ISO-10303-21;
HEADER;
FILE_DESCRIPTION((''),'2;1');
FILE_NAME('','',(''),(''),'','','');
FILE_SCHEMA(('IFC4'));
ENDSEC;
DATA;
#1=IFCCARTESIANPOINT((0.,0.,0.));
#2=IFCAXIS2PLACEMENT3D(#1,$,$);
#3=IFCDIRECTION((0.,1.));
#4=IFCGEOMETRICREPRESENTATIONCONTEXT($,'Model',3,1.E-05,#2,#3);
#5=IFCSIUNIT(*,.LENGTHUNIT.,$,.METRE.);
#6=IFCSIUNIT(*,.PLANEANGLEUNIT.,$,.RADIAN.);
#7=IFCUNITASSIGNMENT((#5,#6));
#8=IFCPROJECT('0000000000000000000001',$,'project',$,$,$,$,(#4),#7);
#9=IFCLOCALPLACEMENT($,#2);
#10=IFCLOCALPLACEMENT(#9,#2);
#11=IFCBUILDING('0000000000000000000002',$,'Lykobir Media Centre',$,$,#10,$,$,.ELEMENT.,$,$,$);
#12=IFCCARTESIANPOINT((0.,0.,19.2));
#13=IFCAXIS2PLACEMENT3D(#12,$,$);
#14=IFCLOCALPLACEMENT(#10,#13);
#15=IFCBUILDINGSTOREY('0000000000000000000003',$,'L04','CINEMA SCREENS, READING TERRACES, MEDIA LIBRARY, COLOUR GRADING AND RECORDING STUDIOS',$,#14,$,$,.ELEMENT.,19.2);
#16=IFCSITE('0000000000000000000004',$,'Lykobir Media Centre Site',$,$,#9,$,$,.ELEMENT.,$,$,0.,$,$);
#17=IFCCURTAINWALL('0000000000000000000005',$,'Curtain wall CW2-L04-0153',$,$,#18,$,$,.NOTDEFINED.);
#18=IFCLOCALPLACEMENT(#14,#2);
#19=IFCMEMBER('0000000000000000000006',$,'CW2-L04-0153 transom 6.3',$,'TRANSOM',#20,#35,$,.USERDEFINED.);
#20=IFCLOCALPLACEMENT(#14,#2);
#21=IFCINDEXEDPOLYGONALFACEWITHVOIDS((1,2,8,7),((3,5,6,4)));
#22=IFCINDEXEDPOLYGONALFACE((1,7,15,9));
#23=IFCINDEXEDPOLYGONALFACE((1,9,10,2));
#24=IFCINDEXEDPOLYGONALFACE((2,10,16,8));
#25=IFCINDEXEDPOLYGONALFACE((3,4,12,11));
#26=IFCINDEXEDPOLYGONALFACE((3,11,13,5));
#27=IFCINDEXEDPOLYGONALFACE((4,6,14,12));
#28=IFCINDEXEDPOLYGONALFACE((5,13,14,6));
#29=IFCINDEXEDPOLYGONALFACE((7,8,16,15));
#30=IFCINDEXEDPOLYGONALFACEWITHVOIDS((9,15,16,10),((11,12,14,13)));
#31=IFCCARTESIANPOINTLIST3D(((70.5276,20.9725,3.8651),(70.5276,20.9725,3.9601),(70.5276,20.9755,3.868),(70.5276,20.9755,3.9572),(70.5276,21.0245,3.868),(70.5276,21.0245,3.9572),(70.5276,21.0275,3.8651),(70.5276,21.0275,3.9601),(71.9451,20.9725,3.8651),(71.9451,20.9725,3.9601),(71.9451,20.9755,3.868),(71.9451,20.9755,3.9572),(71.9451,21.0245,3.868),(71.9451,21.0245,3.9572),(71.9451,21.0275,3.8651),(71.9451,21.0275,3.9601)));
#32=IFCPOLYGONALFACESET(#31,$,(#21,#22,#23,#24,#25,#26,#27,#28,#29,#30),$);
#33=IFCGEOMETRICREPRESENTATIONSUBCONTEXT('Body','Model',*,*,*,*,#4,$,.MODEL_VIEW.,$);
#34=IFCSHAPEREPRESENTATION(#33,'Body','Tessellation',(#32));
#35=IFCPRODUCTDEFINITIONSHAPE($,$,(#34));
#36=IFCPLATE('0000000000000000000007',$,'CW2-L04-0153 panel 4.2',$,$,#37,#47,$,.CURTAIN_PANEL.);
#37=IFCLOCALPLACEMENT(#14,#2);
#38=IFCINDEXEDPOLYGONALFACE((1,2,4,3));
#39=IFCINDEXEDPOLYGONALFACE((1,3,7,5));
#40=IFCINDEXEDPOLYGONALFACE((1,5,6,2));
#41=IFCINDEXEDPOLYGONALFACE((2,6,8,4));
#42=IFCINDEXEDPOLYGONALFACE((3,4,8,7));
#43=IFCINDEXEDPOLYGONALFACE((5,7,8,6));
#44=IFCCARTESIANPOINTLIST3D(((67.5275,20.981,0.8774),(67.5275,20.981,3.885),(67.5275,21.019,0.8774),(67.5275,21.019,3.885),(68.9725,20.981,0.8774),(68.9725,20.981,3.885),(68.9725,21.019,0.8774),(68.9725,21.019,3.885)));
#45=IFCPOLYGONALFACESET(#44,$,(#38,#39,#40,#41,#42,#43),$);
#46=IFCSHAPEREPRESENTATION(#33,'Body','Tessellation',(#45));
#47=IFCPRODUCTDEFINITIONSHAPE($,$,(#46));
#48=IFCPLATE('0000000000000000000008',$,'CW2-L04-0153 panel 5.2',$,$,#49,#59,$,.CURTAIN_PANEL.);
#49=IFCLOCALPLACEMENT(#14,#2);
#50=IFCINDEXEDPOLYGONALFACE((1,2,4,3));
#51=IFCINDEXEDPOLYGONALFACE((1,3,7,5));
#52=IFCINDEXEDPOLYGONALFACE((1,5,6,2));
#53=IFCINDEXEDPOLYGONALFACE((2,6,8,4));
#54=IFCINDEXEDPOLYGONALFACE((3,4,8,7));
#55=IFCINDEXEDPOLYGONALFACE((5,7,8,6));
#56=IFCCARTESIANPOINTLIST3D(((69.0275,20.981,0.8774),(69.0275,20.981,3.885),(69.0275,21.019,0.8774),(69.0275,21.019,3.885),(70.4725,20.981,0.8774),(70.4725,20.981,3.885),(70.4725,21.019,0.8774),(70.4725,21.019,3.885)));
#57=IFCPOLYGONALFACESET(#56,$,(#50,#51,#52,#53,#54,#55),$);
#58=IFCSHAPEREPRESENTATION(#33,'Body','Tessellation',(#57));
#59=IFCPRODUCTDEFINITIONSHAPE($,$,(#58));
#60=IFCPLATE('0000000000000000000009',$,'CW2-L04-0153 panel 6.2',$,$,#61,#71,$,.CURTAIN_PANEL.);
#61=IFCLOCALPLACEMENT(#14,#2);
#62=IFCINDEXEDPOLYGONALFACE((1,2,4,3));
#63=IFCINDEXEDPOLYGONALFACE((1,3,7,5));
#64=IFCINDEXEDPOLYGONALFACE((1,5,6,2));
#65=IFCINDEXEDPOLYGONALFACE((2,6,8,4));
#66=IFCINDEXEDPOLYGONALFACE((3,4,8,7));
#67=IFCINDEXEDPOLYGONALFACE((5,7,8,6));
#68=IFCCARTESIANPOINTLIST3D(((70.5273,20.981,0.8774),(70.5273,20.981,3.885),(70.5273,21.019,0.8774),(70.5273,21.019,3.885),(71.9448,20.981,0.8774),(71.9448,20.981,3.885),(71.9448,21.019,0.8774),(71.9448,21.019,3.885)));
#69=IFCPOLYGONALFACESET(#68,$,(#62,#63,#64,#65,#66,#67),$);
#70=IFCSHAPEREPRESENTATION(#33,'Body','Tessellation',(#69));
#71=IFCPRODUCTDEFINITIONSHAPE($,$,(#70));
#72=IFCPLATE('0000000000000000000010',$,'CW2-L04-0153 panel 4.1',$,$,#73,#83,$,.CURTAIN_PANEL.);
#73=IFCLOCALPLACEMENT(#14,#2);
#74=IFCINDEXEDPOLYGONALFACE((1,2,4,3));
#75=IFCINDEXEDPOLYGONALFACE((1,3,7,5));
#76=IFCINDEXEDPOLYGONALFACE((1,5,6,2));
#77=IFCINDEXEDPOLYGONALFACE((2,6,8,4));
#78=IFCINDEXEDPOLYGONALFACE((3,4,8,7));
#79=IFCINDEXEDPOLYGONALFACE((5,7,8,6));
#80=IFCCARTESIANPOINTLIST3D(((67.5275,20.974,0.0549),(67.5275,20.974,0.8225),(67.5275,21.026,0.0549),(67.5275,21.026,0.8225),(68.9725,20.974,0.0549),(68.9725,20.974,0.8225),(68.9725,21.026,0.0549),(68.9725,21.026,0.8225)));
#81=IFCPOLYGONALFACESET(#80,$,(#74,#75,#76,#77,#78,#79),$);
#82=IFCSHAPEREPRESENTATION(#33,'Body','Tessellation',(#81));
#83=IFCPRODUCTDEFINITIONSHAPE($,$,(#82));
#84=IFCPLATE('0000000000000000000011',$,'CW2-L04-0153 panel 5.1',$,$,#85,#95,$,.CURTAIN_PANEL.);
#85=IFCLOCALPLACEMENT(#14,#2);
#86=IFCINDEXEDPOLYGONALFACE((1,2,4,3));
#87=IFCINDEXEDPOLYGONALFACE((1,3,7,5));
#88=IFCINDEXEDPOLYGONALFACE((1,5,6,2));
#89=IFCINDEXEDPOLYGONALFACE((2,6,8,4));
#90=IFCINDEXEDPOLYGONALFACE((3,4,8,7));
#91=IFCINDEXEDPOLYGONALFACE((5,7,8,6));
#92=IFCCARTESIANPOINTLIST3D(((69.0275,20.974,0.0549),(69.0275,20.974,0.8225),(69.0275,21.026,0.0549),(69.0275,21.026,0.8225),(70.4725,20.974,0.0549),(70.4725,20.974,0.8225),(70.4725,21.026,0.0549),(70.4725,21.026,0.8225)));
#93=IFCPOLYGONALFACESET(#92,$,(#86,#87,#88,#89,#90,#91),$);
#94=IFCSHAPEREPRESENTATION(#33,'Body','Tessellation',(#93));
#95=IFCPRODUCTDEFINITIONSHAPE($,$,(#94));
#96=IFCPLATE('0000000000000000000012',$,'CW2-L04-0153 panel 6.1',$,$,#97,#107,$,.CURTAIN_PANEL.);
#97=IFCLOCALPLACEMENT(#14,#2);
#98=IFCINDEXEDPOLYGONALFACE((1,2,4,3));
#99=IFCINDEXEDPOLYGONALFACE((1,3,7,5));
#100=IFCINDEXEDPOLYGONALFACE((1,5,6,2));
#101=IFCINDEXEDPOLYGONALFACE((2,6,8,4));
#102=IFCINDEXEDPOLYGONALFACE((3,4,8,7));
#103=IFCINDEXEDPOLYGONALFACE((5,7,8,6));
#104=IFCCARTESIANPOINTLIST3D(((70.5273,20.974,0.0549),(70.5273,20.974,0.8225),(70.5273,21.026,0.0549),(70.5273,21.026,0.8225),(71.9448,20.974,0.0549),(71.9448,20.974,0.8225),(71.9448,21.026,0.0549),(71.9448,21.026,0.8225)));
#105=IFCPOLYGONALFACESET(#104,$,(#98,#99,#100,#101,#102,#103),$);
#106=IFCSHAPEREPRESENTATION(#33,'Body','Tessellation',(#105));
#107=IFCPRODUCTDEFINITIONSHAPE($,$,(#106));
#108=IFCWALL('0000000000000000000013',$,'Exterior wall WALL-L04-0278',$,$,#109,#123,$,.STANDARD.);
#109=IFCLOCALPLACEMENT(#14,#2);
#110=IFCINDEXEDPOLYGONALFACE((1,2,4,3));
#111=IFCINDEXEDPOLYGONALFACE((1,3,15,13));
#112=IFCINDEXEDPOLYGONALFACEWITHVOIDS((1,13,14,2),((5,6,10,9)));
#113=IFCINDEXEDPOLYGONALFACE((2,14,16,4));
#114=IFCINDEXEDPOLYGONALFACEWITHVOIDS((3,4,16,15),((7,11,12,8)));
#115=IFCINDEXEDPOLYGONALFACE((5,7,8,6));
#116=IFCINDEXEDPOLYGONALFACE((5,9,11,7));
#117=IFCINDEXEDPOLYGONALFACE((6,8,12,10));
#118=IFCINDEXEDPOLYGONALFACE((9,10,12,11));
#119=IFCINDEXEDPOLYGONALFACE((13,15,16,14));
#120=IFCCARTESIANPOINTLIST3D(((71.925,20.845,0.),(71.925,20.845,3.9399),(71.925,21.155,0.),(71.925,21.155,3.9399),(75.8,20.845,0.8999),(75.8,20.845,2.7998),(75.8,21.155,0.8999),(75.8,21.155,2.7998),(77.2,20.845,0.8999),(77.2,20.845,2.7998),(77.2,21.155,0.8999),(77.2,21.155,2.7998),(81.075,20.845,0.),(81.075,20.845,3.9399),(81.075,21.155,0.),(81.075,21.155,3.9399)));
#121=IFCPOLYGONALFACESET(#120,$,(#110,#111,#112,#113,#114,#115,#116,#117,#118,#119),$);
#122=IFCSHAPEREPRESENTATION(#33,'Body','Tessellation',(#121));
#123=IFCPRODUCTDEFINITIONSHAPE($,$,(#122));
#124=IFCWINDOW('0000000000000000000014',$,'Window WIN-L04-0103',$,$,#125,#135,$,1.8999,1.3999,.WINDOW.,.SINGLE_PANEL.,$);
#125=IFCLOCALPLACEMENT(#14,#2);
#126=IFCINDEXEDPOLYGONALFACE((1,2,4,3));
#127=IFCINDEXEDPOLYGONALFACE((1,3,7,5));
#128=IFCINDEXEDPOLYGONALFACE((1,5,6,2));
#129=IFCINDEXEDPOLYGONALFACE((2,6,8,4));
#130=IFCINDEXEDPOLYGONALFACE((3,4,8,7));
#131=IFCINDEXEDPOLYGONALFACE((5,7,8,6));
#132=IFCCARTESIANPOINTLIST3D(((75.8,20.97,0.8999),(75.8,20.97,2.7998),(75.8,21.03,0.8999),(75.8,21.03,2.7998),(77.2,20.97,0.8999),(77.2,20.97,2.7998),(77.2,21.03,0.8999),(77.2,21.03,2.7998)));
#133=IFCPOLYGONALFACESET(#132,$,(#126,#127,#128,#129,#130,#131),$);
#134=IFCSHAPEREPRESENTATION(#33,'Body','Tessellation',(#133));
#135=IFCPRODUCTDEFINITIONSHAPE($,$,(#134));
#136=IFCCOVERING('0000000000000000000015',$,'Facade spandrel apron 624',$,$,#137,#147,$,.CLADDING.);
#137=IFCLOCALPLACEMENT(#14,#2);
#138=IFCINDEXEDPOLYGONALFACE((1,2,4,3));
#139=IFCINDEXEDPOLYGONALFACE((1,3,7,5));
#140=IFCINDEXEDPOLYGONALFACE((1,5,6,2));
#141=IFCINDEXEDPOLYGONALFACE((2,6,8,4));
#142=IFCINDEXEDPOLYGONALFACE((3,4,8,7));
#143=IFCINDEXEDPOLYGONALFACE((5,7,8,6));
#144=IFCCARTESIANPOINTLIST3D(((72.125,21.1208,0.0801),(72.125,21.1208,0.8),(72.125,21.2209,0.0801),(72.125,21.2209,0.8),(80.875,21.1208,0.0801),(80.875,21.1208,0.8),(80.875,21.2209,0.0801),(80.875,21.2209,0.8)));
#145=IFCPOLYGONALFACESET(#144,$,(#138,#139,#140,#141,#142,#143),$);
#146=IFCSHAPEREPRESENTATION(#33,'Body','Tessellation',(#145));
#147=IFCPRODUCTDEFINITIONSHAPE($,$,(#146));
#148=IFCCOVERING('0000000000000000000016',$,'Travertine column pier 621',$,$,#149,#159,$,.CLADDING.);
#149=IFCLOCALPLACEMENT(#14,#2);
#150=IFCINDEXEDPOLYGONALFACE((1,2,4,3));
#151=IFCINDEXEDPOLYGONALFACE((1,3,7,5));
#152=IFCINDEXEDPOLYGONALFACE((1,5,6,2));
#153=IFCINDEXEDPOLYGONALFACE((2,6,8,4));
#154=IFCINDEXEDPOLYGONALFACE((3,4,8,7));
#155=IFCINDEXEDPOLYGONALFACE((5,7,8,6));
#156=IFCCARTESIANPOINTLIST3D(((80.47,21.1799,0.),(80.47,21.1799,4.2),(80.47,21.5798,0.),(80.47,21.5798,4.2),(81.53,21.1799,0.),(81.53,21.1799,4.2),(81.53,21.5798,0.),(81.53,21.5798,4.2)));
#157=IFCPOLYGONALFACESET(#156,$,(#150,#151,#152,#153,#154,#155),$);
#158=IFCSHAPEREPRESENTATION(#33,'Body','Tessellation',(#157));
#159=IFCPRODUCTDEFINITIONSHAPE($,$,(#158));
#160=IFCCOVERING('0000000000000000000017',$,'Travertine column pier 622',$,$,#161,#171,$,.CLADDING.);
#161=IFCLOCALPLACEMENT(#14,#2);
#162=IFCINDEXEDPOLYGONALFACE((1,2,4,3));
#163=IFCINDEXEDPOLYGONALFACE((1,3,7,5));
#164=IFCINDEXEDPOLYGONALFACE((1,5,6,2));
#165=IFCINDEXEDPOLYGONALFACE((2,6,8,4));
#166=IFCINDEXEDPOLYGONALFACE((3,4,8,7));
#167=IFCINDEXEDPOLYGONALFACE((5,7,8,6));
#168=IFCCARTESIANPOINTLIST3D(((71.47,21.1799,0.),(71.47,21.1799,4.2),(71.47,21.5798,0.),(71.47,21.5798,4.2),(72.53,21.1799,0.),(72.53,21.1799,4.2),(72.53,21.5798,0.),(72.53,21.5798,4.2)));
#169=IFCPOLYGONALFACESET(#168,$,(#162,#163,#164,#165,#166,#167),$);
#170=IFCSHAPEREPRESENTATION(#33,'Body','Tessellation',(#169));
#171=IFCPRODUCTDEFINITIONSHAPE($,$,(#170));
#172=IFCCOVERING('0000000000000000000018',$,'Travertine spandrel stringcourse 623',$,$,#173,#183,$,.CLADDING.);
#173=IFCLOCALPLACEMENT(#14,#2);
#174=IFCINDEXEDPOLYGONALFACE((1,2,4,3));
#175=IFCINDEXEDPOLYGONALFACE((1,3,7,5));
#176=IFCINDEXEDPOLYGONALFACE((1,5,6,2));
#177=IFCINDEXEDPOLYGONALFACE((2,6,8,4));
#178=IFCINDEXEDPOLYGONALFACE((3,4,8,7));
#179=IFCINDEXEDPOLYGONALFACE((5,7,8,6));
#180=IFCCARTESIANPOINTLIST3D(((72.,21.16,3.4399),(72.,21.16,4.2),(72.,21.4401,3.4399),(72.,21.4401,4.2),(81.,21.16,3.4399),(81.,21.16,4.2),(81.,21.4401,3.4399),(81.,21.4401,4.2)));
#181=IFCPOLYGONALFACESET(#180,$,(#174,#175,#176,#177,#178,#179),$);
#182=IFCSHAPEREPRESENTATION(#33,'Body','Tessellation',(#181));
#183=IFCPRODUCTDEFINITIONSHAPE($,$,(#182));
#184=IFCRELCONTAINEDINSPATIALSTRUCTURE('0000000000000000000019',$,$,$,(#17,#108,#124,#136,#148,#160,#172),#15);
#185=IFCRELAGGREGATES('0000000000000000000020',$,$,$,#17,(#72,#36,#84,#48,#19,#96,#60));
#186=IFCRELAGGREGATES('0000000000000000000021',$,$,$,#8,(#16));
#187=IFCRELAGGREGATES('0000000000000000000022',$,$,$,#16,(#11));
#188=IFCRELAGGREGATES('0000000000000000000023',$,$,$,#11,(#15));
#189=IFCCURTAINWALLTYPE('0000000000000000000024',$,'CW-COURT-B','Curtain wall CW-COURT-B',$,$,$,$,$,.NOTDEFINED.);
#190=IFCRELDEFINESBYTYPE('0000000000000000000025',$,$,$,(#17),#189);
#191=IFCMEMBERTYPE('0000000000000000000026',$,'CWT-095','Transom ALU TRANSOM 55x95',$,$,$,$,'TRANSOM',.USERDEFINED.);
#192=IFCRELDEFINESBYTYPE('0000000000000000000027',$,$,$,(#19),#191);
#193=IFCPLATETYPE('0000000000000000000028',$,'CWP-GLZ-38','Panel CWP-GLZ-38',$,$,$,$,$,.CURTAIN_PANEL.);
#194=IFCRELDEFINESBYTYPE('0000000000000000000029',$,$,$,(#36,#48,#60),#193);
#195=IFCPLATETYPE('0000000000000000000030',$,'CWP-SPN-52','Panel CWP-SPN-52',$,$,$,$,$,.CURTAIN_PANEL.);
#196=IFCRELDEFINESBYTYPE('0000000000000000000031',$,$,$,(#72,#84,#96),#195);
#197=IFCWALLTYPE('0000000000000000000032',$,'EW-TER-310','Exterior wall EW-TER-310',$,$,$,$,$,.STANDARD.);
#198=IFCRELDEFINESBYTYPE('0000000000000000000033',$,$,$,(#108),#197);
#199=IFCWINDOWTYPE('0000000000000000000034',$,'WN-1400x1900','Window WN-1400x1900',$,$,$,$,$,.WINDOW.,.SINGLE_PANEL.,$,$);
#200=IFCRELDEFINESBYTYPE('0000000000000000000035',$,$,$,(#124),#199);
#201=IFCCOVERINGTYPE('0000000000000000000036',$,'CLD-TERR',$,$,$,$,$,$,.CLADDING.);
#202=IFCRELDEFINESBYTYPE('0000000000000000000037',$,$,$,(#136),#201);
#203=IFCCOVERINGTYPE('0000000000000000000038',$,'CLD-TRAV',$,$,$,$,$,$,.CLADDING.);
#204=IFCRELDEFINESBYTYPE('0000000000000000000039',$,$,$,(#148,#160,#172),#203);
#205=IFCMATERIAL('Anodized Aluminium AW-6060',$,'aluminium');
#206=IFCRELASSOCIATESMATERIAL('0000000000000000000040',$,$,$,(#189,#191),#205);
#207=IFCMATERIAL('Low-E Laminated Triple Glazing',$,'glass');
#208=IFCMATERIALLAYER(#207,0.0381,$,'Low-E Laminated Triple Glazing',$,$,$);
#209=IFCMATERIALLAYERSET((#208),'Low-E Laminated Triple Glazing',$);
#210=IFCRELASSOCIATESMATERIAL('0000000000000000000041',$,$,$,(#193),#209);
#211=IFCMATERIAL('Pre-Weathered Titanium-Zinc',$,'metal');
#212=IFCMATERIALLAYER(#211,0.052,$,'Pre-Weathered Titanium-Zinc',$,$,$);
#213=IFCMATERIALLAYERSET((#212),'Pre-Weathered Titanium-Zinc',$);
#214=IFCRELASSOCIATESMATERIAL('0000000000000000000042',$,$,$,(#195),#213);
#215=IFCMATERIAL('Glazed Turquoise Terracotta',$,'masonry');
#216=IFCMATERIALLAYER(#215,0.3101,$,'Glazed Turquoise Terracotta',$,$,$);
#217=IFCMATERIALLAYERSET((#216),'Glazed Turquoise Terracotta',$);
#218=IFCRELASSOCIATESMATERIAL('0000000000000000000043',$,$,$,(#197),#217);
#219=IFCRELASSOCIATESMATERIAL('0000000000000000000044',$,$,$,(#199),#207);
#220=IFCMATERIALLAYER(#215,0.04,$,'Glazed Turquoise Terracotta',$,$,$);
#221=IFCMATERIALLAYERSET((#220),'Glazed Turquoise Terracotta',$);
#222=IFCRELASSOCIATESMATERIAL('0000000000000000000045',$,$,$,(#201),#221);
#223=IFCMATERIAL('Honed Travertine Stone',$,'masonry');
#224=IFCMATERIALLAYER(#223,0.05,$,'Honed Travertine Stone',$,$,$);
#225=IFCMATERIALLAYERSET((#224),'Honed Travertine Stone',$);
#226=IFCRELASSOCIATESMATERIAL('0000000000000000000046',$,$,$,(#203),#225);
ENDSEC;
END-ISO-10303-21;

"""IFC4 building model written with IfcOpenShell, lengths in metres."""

from ifc_helpers import new_model, si_unit, direction, frame, frame_2d, origin, origin_2d, place, context, subcontext, project, spatial, rectangle, hollow_rectangle, extrude, material, layer, layer_set, material_profile, profile_set, type_object, element, fill, aggregate, save


model = new_model("IFC4")

# Units and contexts
model_context = context("Model", 3, precision=1e-05, world=origin(), true_north=direction((0.0, 1.0)))
body_context = subcontext(model_context, "Body", "Model", "MODEL_VIEW")
ifc_project = project(units=[si_unit("LENGTHUNIT", "METRE"), si_unit("PLANEANGLEUNIT", "RADIAN")], contexts=[model_context])

# Site, building, storey
site_placement = place(None, origin())
site = spatial("IfcSite", under=ifc_project, at=site_placement, Name="Lykobir Media Centre Site", CompositionType="ELEMENT", RefElevation=0.0)
building_placement = place(site_placement, origin())
building = spatial("IfcBuilding", under=site, at=building_placement, Name="Lykobir Media Centre", CompositionType="ELEMENT")
storey_placement = place(building_placement, frame((0.0, 0.0, 19.2)))
storey = spatial("IfcBuildingStorey", under=building, at=storey_placement, Name="L04", Description="CINEMA SCREENS, READING TERRACES, MEDIA LIBRARY, COLOUR GRADING AND RECORDING STUDIOS", CompositionType="ELEMENT", Elevation=19.2)

# Curtain wall, member, plates
ifc_material_1 = material(Name="Anodized Aluminium AW-6060", Category="aluminium")
curtain_wall_type = type_object("IfcCurtainWallType", Name="CW-COURT-B", Description="Curtain wall CW-COURT-B", PredefinedType="NOTDEFINED", material=ifc_material_1)
curtain_wall_placement = place(storey_placement, origin())
curtain_wall = element("IfcCurtainWall", 1, at=curtain_wall_placement, inside=storey, type_object=curtain_wall_type, Name="Curtain wall CW2-L04-0153", PredefinedType="NOTDEFINED")
ifc_material_profile_1 = material_profile(ifc_material_1, hollow_rectangle(XDim=0.0549, YDim=0.095, WallThickness=0.0029, at=origin_2d()), Name="ALU TRANSOM 55x95")
ifc_profile_set_1 = profile_set([ifc_material_profile_1], Name="Anodized Aluminium AW-6060")
member_type_1 = type_object("IfcMemberType", Name="CWT-095", Description="Transom ALU TRANSOM 55x95", ElementType="TRANSOM", PredefinedType="USERDEFINED", material=ifc_profile_set_1)
member_1_placement = place(storey_placement, frame((70.5276, 21.0, 3.9126), z_axis=(1.0, 0.0, 0.0), x_axis=(0.0, 1.0, 0.0)))
member_1 = element("IfcMember", 2, at=member_1_placement, type_object=member_type_1, Name="CW2-L04-0153 transom 6.3", ObjectType="TRANSOM", PredefinedType="USERDEFINED", context=body_context, shape_type="SweptSolid", body=[
    extrude(hollow_rectangle(XDim=0.0549, YDim=0.095, WallThickness=0.0029, at=origin_2d()), origin(), (0.0, 0.0, 1.0), 1.4175),
])
ifc_material_2 = material(Name="Low-E Laminated Triple Glazing", Category="glass")
ifc_layer_1 = layer(ifc_material_2, 0.0381, Name="Low-E Laminated Triple Glazing")
ifc_layer_set_1 = layer_set([ifc_layer_1], Name="Low-E Laminated Triple Glazing")
plate_type_1 = type_object("IfcPlateType", Name="CWP-GLZ-38", Description="Panel CWP-GLZ-38", PredefinedType="CURTAIN_PANEL", material=ifc_layer_set_1)
plate_1_placement = place(storey_placement, frame((68.25, 21.0, 0.8774), z_axis=(0.0, 0.0, 1.0), x_axis=(1.0, 0.0, 0.0)))
plate_1 = element("IfcPlate", 3, at=plate_1_placement, type_object=plate_type_1, Name="CW2-L04-0153 panel 4.2", PredefinedType="CURTAIN_PANEL", context=body_context, shape_type="SweptSolid", body=[
    extrude(rectangle(XDim=1.4451, YDim=0.0381, at=origin_2d()), origin(), (0.0, 0.0, 1.0), 3.0076),
])
plate_2_placement = place(storey_placement, frame((69.75, 21.0, 0.8774), z_axis=(0.0, 0.0, 1.0), x_axis=(1.0, 0.0, 0.0)))
plate_2 = element("IfcPlate", 4, at=plate_2_placement, type_object=plate_type_1, Name="CW2-L04-0153 panel 5.2", PredefinedType="CURTAIN_PANEL", context=body_context, shape_type="SweptSolid", body=[
    extrude(rectangle(XDim=1.4451, YDim=0.0381, at=origin_2d()), origin(), (0.0, 0.0, 1.0), 3.0076),
])
plate_3_placement = place(storey_placement, frame((71.2361, 21.0, 0.8774), z_axis=(0.0, 0.0, 1.0), x_axis=(1.0, 0.0, 0.0)))
plate_3 = element("IfcPlate", 5, at=plate_3_placement, type_object=plate_type_1, Name="CW2-L04-0153 panel 6.2", PredefinedType="CURTAIN_PANEL", context=body_context, shape_type="SweptSolid", body=[
    extrude(rectangle(XDim=1.4175, YDim=0.0381, at=origin_2d()), origin(), (0.0, 0.0, 1.0), 3.0076),
])
ifc_material_3 = material(Name="Pre-Weathered Titanium-Zinc", Category="metal")
ifc_layer_2 = layer(ifc_material_3, 0.052, Name="Pre-Weathered Titanium-Zinc")
ifc_layer_set_2 = layer_set([ifc_layer_2], Name="Pre-Weathered Titanium-Zinc")
plate_type_2 = type_object("IfcPlateType", Name="CWP-SPN-52", Description="Panel CWP-SPN-52", PredefinedType="CURTAIN_PANEL", material=ifc_layer_set_2)
plate_4_placement = place(storey_placement, frame((68.25, 21.0, 0.0549), z_axis=(0.0, 0.0, 1.0), x_axis=(1.0, 0.0, 0.0)))
plate_4 = element("IfcPlate", 6, at=plate_4_placement, type_object=plate_type_2, Name="CW2-L04-0153 panel 4.1", PredefinedType="CURTAIN_PANEL", context=body_context, shape_type="SweptSolid", body=[
    extrude(rectangle(XDim=1.4451, YDim=0.052, at=origin_2d()), origin(), (0.0, 0.0, 1.0), 0.7676),
])
plate_5_placement = place(storey_placement, frame((69.75, 21.0, 0.0549), z_axis=(0.0, 0.0, 1.0), x_axis=(1.0, 0.0, 0.0)))
plate_5 = element("IfcPlate", 7, at=plate_5_placement, type_object=plate_type_2, Name="CW2-L04-0153 panel 5.1", PredefinedType="CURTAIN_PANEL", context=body_context, shape_type="SweptSolid", body=[
    extrude(rectangle(XDim=1.4451, YDim=0.052, at=origin_2d()), origin(), (0.0, 0.0, 1.0), 0.7676),
])
plate_6_placement = place(storey_placement, frame((71.2361, 21.0, 0.0549), z_axis=(0.0, 0.0, 1.0), x_axis=(1.0, 0.0, 0.0)))
plate_6 = element("IfcPlate", 8, at=plate_6_placement, type_object=plate_type_2, Name="CW2-L04-0153 panel 6.1", PredefinedType="CURTAIN_PANEL", context=body_context, shape_type="SweptSolid", body=[
    extrude(rectangle(XDim=1.4175, YDim=0.052, at=origin_2d()), origin(), (0.0, 0.0, 1.0), 0.7676),
])
aggregate(curtain_wall, [plate_4, plate_1, plate_5, plate_2, member_1, plate_6, plate_3])

# Wall, opening, window
ifc_material_4 = material(Name="Glazed Turquoise Terracotta", Category="masonry")
ifc_layer_3 = layer(ifc_material_4, 0.3101, Name="Glazed Turquoise Terracotta")
ifc_layer_set_3 = layer_set([ifc_layer_3], Name="Glazed Turquoise Terracotta")
wall_type = type_object("IfcWallType", Name="EW-TER-310", Description="Exterior wall EW-TER-310", PredefinedType="STANDARD", material=ifc_layer_set_3)
wall_placement = place(storey_placement, frame((81.075, 21.0, 0.0), z_axis=(0.0, 0.0, 1.0), x_axis=(-1.0, 0.0, 0.0)))
wall = element("IfcWall", 9, at=wall_placement, inside=storey, type_object=wall_type, Name="Exterior wall WALL-L04-0278", PredefinedType="STANDARD", context=body_context, shape_type="SweptSolid", body=[
    extrude(rectangle(XDim=9.1499, YDim=0.3101, at=frame_2d((4.575, 0.0))), origin(), (0.0, 0.0, 1.0), 3.9399),
])
opening_placement = place(wall_placement, frame((3.875, 0.0, 0.8999)))
opening = element("IfcOpeningElement", 10, at=opening_placement, cuts=wall, PredefinedType="OPENING", context=body_context, shape_type="SweptSolid", body=[
    extrude(rectangle(XDim=1.3999, YDim=1.8999, at=frame_2d((0.7, 0.95))), frame((0.0, 0.165, 0.0), z_axis=(0.0, -1.0, 0.0), x_axis=(1.0, 0.0, 0.0)), (0.0, 0.0, 1.0), 0.3301),
])
window_type = type_object("IfcWindowType", Name="WN-1400x1900", Description="Window WN-1400x1900", PartitioningType="SINGLE_PANEL", PredefinedType="WINDOW", material=ifc_material_2)
window_placement = place(opening_placement, origin())
window = element("IfcWindow", 11, at=window_placement, inside=storey, type_object=window_type, Name="Window WIN-L04-0103", OverallHeight=1.8999, OverallWidth=1.3999, PartitioningType="SINGLE_PANEL", PredefinedType="WINDOW", context=body_context, shape_type="SweptSolid", body=[
    extrude(rectangle(XDim=1.3999, YDim=1.8999, at=frame_2d((0.7, 0.95))), frame((0.0, 0.03, 0.0), z_axis=(0.0, -1.0, 0.0), x_axis=(1.0, 0.0, 0.0)), (0.0, 0.0, 1.0), 0.0601),
])
fill(opening, window)

# Coverings
ifc_layer_4 = layer(ifc_material_4, 0.04, Name="Glazed Turquoise Terracotta")
ifc_layer_set_4 = layer_set([ifc_layer_4], Name="Glazed Turquoise Terracotta")
covering_type_1 = type_object("IfcCoveringType", Name="CLD-TERR", PredefinedType="CLADDING", material=ifc_layer_set_4)
covering_1_placement = place(storey_placement, frame((76.5, 21.1709, 0.0801), z_axis=(0.0, 0.0, 1.0), x_axis=(-1.0, 0.0, 0.0)))
element("IfcCovering", 12, at=covering_1_placement, inside=storey, type_object=covering_type_1, Name="Facade spandrel apron 624", PredefinedType="CLADDING", context=body_context, shape_type="SweptSolid", body=[
    extrude(rectangle(XDim=8.75, YDim=0.1001, at=origin_2d()), origin(), (0.0, 0.0, 1.0), 0.72),
])
ifc_material_5 = material(Name="Honed Travertine Stone", Category="masonry")
ifc_layer_5 = layer(ifc_material_5, 0.05, Name="Honed Travertine Stone")
ifc_layer_set_5 = layer_set([ifc_layer_5], Name="Honed Travertine Stone")
covering_type_2 = type_object("IfcCoveringType", Name="CLD-TRAV", PredefinedType="CLADDING", material=ifc_layer_set_5)
for number, where, z_axis, x_axis, name in (
    (13, (81.0, 21.3799, 0.0), (0.0, 0.0, 1.0), (-1.0, 0.0, 0.0), "Travertine column pier 621"),
    (14, (72.0, 21.3799, 0.0), (0.0, 0.0, 1.0), (-1.0, 0.0, 0.0), "Travertine column pier 622"),
):
    element("IfcCovering", number, at=place(storey_placement, frame(where, z_axis=z_axis, x_axis=x_axis)), inside=storey, type_object=covering_type_2, Name=name, PredefinedType="CLADDING", context=body_context, shape_type="SweptSolid", body=[
        extrude(rectangle(XDim=1.0601, YDim=0.3999, at=origin_2d()), origin(), (0.0, 0.0, 1.0), 4.2),
    ])
covering_2_placement = place(storey_placement, frame((76.5, 21.3, 3.4399), z_axis=(0.0, 0.0, 1.0), x_axis=(-1.0, 0.0, 0.0)))
element("IfcCovering", 15, at=covering_2_placement, inside=storey, type_object=covering_type_2, Name="Travertine spandrel stringcourse 623", PredefinedType="CLADDING", context=body_context, shape_type="SweptSolid", body=[
    extrude(rectangle(XDim=9.0, YDim=0.28, at=origin_2d()), origin(), (0.0, 0.0, 1.0), 0.76),
])

save(model, "model.ifc")
